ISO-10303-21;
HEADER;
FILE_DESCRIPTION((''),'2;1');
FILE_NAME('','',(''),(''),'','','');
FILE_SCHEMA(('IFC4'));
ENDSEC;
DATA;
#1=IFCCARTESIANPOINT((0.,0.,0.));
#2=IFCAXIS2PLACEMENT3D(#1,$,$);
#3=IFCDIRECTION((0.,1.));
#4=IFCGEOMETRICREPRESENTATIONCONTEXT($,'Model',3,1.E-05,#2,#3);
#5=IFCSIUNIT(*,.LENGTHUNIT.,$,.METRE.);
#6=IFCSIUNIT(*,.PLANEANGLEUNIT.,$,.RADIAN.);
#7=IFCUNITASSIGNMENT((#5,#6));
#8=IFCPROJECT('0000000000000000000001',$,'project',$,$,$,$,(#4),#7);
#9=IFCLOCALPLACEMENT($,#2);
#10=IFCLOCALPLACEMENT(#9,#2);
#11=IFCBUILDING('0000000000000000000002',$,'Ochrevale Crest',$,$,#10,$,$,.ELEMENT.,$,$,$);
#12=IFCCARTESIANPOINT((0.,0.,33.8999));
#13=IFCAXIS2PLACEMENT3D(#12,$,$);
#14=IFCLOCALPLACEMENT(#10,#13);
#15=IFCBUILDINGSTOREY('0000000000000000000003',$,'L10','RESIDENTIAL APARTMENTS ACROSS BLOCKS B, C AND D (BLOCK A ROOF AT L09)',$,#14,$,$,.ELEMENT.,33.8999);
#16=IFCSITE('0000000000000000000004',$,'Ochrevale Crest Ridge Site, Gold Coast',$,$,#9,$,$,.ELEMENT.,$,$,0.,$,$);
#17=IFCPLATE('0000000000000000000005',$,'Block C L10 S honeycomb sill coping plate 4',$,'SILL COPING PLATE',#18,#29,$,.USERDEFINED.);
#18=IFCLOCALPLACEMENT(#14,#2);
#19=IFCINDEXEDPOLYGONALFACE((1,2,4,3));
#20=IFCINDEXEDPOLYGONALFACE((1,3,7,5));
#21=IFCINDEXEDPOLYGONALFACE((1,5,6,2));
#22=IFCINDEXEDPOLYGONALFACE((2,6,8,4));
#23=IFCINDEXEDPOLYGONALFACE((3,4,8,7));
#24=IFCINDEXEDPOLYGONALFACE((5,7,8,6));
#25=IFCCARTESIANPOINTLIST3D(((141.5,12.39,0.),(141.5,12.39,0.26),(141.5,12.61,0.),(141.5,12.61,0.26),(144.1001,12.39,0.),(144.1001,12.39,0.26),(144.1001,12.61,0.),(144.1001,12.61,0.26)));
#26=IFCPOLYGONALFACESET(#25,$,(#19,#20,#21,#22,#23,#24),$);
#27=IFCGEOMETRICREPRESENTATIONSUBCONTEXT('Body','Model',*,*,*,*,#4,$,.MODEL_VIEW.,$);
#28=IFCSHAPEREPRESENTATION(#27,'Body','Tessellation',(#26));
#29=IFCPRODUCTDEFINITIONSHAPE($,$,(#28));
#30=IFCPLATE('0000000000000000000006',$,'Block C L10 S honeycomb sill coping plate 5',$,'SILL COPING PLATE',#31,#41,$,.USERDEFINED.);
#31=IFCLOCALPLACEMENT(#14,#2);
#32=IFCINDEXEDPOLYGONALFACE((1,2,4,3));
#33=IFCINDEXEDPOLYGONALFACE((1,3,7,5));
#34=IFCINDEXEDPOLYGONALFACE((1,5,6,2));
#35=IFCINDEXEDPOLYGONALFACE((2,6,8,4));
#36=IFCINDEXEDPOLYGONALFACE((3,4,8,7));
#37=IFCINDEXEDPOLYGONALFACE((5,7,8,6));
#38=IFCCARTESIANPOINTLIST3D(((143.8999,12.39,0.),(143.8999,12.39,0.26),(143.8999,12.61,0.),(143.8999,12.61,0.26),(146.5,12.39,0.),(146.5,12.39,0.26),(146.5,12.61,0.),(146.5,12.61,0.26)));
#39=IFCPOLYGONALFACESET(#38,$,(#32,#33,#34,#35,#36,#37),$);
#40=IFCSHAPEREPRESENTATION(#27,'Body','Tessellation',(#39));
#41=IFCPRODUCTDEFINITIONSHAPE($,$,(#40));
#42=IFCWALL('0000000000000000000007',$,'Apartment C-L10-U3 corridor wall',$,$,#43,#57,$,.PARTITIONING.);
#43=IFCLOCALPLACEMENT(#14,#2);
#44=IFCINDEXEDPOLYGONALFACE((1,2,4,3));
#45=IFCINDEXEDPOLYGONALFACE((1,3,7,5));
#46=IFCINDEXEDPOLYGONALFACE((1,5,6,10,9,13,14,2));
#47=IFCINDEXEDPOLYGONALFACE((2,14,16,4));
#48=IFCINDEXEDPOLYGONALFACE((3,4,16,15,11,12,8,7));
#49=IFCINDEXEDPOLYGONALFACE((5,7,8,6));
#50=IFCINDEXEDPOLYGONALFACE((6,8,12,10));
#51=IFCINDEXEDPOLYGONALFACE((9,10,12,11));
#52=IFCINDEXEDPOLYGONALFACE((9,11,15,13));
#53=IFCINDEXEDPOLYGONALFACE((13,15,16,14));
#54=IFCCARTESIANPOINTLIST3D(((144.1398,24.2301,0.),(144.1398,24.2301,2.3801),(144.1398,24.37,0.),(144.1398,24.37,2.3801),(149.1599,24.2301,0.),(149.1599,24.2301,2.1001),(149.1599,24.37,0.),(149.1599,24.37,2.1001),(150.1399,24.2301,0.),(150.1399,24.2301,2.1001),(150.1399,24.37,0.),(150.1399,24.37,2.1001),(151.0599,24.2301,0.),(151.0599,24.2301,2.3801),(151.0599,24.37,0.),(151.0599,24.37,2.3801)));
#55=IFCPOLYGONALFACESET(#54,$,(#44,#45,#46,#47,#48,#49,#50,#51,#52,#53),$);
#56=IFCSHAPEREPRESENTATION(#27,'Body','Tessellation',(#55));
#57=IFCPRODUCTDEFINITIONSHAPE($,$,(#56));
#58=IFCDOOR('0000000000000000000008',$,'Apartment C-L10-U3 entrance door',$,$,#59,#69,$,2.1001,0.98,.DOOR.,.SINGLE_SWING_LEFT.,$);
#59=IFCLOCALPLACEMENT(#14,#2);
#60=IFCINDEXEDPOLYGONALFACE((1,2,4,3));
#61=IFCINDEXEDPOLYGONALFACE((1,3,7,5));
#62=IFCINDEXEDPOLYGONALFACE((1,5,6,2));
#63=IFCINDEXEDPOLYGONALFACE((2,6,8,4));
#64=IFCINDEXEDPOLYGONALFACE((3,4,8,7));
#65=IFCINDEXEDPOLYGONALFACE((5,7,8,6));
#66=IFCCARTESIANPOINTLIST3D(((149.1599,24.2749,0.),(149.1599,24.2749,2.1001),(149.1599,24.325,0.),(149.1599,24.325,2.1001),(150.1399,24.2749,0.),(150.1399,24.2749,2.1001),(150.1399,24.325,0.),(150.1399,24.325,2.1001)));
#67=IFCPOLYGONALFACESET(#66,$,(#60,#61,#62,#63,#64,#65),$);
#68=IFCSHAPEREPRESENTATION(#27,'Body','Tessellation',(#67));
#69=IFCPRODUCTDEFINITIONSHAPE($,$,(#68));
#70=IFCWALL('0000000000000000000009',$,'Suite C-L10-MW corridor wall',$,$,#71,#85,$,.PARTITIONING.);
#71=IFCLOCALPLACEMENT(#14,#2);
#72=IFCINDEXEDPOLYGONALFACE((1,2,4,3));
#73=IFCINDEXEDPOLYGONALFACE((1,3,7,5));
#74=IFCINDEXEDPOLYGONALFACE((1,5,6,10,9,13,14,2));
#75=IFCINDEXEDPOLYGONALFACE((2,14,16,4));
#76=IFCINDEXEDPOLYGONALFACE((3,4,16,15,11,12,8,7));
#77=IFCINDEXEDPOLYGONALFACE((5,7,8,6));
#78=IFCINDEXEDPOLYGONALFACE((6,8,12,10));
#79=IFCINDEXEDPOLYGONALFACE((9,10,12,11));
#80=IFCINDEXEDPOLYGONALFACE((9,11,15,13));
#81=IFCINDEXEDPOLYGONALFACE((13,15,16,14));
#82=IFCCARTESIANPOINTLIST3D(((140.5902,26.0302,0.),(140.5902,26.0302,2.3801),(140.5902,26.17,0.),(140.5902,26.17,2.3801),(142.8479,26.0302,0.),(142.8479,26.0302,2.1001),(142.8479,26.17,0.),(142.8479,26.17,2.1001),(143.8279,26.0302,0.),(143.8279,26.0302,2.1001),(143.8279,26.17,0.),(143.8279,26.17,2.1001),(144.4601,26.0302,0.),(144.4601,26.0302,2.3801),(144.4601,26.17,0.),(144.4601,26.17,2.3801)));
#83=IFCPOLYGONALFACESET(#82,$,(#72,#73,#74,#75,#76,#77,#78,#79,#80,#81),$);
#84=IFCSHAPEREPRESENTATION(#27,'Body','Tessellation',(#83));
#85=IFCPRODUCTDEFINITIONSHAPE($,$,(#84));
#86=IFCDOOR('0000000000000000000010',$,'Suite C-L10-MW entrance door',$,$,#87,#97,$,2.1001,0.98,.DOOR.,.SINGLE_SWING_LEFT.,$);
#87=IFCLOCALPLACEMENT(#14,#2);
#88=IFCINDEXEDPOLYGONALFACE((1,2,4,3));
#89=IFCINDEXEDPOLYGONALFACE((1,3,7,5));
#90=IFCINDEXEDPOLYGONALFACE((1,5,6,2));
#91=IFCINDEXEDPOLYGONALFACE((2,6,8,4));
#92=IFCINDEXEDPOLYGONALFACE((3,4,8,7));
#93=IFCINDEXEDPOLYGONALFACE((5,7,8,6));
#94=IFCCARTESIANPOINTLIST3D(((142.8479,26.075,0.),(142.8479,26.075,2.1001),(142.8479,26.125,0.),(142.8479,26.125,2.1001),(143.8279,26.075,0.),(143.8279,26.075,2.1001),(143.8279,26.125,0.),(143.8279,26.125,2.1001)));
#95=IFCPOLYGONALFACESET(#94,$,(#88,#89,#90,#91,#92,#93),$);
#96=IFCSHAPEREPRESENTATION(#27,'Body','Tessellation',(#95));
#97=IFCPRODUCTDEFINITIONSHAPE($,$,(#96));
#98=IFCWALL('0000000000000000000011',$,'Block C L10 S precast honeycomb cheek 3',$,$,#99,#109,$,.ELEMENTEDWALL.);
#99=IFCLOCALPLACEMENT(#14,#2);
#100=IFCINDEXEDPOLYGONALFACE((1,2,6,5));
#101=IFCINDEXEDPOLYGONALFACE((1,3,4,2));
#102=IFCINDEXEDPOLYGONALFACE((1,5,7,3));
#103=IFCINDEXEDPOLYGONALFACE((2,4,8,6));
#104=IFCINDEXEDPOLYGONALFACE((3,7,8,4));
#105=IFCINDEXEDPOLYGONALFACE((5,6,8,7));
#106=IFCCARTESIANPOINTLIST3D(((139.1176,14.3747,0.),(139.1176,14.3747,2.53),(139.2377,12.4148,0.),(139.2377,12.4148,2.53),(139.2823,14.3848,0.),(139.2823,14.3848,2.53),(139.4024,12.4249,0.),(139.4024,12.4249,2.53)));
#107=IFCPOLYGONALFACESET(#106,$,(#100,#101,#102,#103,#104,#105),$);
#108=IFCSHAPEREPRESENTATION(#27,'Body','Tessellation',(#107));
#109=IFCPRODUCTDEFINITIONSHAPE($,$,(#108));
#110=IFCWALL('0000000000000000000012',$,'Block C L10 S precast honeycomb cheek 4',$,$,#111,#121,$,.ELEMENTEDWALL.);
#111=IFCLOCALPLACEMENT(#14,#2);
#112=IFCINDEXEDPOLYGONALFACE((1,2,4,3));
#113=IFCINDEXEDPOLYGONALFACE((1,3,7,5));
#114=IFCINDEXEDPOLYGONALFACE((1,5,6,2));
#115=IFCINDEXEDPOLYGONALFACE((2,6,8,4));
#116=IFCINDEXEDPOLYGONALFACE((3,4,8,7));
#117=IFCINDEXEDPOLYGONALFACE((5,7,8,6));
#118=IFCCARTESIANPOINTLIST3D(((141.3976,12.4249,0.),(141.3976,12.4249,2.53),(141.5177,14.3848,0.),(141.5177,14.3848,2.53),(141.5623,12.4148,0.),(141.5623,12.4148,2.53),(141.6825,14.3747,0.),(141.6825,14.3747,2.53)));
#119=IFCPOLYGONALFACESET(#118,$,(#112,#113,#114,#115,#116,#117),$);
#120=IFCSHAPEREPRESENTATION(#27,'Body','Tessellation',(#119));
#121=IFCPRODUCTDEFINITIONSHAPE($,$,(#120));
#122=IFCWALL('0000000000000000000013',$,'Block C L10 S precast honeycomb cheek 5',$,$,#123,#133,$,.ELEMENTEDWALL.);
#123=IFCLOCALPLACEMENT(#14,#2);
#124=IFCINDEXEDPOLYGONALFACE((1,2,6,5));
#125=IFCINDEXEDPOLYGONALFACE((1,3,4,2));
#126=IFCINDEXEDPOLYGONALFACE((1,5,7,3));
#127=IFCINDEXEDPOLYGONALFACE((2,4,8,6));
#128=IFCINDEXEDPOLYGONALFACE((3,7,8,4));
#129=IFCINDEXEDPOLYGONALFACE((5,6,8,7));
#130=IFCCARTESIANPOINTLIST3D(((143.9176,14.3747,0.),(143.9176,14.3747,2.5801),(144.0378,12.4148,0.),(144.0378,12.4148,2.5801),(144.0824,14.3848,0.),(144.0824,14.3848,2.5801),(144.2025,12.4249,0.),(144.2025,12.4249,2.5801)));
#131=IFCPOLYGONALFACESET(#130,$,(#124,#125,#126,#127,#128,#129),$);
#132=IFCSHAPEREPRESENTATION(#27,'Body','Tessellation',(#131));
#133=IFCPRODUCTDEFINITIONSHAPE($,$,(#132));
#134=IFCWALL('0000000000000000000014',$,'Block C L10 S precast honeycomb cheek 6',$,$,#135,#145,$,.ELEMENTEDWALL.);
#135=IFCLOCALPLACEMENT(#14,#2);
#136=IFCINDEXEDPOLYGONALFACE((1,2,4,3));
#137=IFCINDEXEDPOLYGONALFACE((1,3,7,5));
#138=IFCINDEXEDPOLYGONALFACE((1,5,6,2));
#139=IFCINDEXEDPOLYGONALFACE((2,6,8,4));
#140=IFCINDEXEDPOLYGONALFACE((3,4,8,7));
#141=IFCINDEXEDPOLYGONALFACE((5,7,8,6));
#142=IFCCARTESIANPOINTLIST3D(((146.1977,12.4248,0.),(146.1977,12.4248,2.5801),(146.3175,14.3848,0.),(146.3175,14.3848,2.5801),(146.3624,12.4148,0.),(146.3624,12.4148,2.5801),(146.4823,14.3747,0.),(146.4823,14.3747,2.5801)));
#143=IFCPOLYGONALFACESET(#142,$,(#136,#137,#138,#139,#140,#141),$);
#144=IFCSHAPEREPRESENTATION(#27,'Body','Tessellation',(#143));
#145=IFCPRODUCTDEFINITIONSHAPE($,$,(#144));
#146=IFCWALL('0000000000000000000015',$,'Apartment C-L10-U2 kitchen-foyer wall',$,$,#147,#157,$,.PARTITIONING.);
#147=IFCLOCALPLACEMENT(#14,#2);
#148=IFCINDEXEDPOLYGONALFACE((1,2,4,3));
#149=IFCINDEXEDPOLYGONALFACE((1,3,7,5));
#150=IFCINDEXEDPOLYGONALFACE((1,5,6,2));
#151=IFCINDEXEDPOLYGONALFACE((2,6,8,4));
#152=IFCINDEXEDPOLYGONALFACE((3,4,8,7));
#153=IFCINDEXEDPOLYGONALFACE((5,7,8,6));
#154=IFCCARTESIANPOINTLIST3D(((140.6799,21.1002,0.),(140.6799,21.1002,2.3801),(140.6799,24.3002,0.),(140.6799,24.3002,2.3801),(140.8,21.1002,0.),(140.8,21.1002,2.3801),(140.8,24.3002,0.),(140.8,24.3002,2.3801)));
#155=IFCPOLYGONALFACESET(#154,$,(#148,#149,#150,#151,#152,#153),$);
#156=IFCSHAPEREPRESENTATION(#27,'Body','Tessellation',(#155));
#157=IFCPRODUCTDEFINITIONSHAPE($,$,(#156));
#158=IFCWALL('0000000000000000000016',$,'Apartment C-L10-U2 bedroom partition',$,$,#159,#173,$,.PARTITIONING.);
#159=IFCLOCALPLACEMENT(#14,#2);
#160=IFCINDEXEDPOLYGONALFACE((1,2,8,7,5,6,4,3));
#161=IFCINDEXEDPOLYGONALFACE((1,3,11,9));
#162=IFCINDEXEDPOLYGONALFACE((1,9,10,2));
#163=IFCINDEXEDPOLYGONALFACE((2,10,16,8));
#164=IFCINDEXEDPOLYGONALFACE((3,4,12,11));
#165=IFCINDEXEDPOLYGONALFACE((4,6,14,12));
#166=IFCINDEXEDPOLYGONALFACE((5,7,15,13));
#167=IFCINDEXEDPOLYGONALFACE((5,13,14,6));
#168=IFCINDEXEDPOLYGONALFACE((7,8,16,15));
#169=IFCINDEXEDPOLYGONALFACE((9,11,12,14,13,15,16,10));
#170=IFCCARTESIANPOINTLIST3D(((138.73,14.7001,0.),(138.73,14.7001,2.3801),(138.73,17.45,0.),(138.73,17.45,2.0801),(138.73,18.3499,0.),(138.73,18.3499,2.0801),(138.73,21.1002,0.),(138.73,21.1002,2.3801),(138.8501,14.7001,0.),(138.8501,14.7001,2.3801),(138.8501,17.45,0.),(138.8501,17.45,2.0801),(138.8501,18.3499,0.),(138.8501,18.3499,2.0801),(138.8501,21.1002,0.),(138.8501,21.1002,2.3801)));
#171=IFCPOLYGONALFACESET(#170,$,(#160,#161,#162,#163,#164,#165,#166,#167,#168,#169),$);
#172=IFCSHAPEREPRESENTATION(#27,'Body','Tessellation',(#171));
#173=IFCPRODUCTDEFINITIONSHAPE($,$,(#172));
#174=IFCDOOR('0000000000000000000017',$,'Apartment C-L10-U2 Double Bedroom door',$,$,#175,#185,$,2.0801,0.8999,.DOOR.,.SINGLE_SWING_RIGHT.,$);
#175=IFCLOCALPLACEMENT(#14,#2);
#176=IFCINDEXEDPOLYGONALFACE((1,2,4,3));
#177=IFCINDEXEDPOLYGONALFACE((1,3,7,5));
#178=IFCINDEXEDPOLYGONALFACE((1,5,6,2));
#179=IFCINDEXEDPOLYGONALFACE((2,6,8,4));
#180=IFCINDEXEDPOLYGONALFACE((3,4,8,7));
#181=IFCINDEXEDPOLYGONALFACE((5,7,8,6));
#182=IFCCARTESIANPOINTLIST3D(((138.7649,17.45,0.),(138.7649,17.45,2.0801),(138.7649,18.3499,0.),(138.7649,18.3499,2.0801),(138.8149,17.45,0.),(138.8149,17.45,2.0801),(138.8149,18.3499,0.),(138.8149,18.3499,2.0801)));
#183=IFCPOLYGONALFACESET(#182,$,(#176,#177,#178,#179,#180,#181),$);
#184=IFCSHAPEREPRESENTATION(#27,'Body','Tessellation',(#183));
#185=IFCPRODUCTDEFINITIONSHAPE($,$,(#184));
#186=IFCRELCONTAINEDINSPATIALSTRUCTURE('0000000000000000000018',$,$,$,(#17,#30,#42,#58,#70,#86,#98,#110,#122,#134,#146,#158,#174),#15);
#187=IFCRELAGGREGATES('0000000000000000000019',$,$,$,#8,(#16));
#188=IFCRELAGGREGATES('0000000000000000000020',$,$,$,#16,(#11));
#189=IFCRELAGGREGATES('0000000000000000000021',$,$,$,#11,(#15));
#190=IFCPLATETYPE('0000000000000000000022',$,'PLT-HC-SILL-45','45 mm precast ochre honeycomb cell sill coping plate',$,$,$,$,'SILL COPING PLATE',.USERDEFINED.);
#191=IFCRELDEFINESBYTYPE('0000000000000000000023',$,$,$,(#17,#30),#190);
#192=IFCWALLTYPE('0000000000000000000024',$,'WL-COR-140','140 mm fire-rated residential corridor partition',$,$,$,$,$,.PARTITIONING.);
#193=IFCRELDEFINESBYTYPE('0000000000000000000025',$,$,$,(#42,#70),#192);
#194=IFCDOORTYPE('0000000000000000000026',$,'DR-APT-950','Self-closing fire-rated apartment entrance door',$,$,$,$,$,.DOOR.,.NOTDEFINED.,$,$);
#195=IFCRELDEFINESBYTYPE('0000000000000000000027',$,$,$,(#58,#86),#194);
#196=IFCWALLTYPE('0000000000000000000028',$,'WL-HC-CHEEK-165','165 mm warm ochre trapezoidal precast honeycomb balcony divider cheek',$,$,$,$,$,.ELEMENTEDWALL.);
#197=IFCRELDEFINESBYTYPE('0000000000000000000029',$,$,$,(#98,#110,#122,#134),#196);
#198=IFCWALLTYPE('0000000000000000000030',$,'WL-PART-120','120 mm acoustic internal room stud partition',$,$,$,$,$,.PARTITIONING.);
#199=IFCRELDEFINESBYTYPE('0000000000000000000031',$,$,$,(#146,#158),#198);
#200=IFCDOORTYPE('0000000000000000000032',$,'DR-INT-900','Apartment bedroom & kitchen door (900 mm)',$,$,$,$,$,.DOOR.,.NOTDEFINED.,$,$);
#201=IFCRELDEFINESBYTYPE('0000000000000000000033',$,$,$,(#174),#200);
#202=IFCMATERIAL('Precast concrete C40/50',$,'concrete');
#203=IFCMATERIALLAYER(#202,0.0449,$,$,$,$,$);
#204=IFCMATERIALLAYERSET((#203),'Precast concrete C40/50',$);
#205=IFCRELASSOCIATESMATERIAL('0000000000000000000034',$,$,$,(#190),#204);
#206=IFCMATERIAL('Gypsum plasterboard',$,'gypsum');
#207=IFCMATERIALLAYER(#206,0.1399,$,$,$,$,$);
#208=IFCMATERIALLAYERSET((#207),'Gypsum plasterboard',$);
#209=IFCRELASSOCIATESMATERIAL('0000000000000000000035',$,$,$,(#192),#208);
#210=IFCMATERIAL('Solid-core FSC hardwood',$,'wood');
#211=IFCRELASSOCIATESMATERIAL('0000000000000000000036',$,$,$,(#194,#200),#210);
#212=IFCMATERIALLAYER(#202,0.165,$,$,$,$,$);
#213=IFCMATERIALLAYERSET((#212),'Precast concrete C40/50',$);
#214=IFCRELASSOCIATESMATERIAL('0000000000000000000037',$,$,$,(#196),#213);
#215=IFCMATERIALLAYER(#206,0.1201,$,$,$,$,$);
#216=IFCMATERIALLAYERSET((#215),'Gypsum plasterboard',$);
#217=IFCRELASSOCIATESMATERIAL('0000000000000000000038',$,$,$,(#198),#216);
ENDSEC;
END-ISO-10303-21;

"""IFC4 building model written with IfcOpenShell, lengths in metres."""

from ifc_helpers import new_model, si_unit, direction, frame, frame_2d, origin, origin_2d, place, context, subcontext, project, spatial, rectangle, extrude, material, layer, layer_set, type_object, element, fill, save


model = new_model("IFC4")

# Units and contexts
model_context = context("Model", 3, precision=1e-05, world=origin(), true_north=direction((0.0, 1.0)))
body_context = subcontext(model_context, "Body", "Model", "MODEL_VIEW")
ifc_project = project(units=[si_unit("LENGTHUNIT", "METRE"), si_unit("PLANEANGLEUNIT", "RADIAN")], contexts=[model_context])

# Site, building, storey
site_placement = place(None, origin())
site = spatial("IfcSite", under=ifc_project, at=site_placement, Name="Ochrevale Crest Ridge Site, Gold Coast", CompositionType="ELEMENT", RefElevation=0.0)
building_placement = place(site_placement, origin())
building = spatial("IfcBuilding", under=site, at=building_placement, Name="Ochrevale Crest", CompositionType="ELEMENT")
storey_placement = place(building_placement, frame((0.0, 0.0, 33.8999)))
storey = spatial("IfcBuildingStorey", under=building, at=storey_placement, Name="L10", Description="RESIDENTIAL APARTMENTS ACROSS BLOCKS B, C AND D (BLOCK A ROOF AT L09)", CompositionType="ELEMENT", Elevation=33.8999)

# Shared definitions
ifc_material_1 = material(Name="Precast concrete C40/50", Category="concrete")

# Plates
ifc_layer_1 = layer(ifc_material_1, 0.0449)
ifc_layer_set_1 = layer_set([ifc_layer_1], Name="Precast concrete C40/50")
plate_type_1 = type_object("IfcPlateType", Name="PLT-HC-SILL-45", Description="45 mm precast ochre honeycomb cell sill coping plate", ElementType="SILL COPING PLATE", PredefinedType="USERDEFINED", material=ifc_layer_set_1)
for number, where, z_axis, x_axis, name in (
    (1, (142.8, 12.5, 0.0), (0.0, 0.0, 1.0), (1.0, 0.0, 0.0), "Block C L10 S honeycomb sill coping plate 4"),
    (2, (145.2, 12.5, 0.0), (0.0, 0.0, 1.0), (1.0, 0.0, 0.0), "Block C L10 S honeycomb sill coping plate 5"),
):
    element("IfcPlate", number, at=place(storey_placement, frame(where, z_axis=z_axis, x_axis=x_axis)), inside=storey, type_object=plate_type_1, Name=name, ObjectType="SILL COPING PLATE", PredefinedType="USERDEFINED", context=body_context, shape_type="SweptSolid", body=[
        extrude(rectangle(XDim=2.6001, YDim=0.22, at=origin_2d()), origin(), (0.0, 0.0, 1.0), 0.26),
    ])

# Walls, openings, doors
ifc_material_2 = material(Name="Gypsum plasterboard", Category="gypsum")
ifc_layer_2 = layer(ifc_material_2, 0.1399)
ifc_layer_set_2 = layer_set([ifc_layer_2], Name="Gypsum plasterboard")
wall_type_1 = type_object("IfcWallType", Name="WL-COR-140", Description="140 mm fire-rated residential corridor partition", PredefinedType="PARTITIONING", material=ifc_layer_set_2)
wall_1_placement = place(storey_placement, frame((144.1399, 24.3, 0.0), z_axis=(0.0, 0.0, 1.0), x_axis=(1.0, 0.0, 0.0)))
wall_1 = element("IfcWall", 3, at=wall_1_placement, inside=storey, type_object=wall_type_1, Name="Apartment C-L10-U3 corridor wall", PredefinedType="PARTITIONING", context=body_context, shape_type="SweptSolid", body=[
    extrude(rectangle(XDim=6.9202, YDim=0.1399, at=frame_2d((3.46, 0.0))), origin(), (0.0, 0.0, 1.0), 2.3801),
])
opening_1_placement = place(wall_1_placement, frame((5.02, 0.0, 0.0)))
opening_1 = element("IfcOpeningElement", 4, at=opening_1_placement, cuts=wall_1, PredefinedType="OPENING", context=body_context, shape_type="SweptSolid", body=[
    extrude(rectangle(XDim=0.98, YDim=2.1001, at=frame_2d((0.49, 1.05))), frame((0.0, 0.0801, 0.0), z_axis=(0.0, -1.0, 0.0), x_axis=(1.0, 0.0, 0.0)), (0.0, 0.0, 1.0), 0.1599),
])
ifc_material_3 = material(Name="Solid-core FSC hardwood", Category="wood")
door_type_1 = type_object("IfcDoorType", Name="DR-APT-950", Description="Self-closing fire-rated apartment entrance door", OperationType="NOTDEFINED", PredefinedType="DOOR", material=ifc_material_3)
door_1_placement = place(opening_1_placement, origin())
door_1 = element("IfcDoor", 5, at=door_1_placement, inside=storey, type_object=door_type_1, Name="Apartment C-L10-U3 entrance door", OperationType="SINGLE_SWING_LEFT", OverallHeight=2.1001, OverallWidth=0.98, PredefinedType="DOOR", context=body_context, shape_type="SweptSolid", body=[
    extrude(rectangle(XDim=0.98, YDim=2.1001, at=frame_2d((0.49, 1.05))), frame((0.0, 0.0249, 0.0), z_axis=(0.0, -1.0, 0.0), x_axis=(1.0, 0.0, 0.0)), (0.0, 0.0, 1.0), 0.05),
])
fill(opening_1, door_1)
wall_2_placement = place(storey_placement, frame((140.5901, 26.1001, 0.0), z_axis=(0.0, 0.0, 1.0), x_axis=(1.0, 0.0, 0.0)))
wall_2 = element("IfcWall", 6, at=wall_2_placement, inside=storey, type_object=wall_type_1, Name="Suite C-L10-MW corridor wall", PredefinedType="PARTITIONING", context=body_context, shape_type="SweptSolid", body=[
    extrude(rectangle(XDim=3.8699, YDim=0.1399, at=frame_2d((1.9351, 0.0))), origin(), (0.0, 0.0, 1.0), 2.3801),
])
opening_2_placement = place(wall_2_placement, frame((2.2578, 0.0, 0.0)))
opening_2 = element("IfcOpeningElement", 7, at=opening_2_placement, cuts=wall_2, PredefinedType="OPENING", context=body_context, shape_type="SweptSolid", body=[
    extrude(rectangle(XDim=0.98, YDim=2.1001, at=frame_2d((0.49, 1.05))), frame((0.0, 0.0801, 0.0), z_axis=(0.0, -1.0, 0.0), x_axis=(1.0, 0.0, 0.0)), (0.0, 0.0, 1.0), 0.1599),
])
door_2_placement = place(opening_2_placement, origin())
door_2 = element("IfcDoor", 8, at=door_2_placement, inside=storey, type_object=door_type_1, Name="Suite C-L10-MW entrance door", OperationType="SINGLE_SWING_LEFT", OverallHeight=2.1001, OverallWidth=0.98, PredefinedType="DOOR", context=body_context, shape_type="SweptSolid", body=[
    extrude(rectangle(XDim=0.98, YDim=2.1001, at=frame_2d((0.49, 1.05))), frame((0.0, 0.0249, 0.0), z_axis=(0.0, -1.0, 0.0), x_axis=(1.0, 0.0, 0.0)), (0.0, 0.0, 1.0), 0.05),
])
fill(opening_2, door_2)

# Walls
ifc_layer_3 = layer(ifc_material_1, 0.165)
ifc_layer_set_3 = layer_set([ifc_layer_3], Name="Precast concrete C40/50")
wall_type_2 = type_object("IfcWallType", Name="WL-HC-CHEEK-165", Description="165 mm warm ochre trapezoidal precast honeycomb balcony divider cheek", PredefinedType="ELEMENTEDWALL", material=ifc_layer_set_3)
for number, where, z_axis, x_axis, name in (
    (9, (139.2, 14.3799, 0.0), (0.0, 0.0, 1.0), (0.061171, -0.998127, 0.0), "Block C L10 S precast honeycomb cheek 3"),
    (10, (141.6001, 14.3799, 0.0), (0.0, 0.0, 1.0), (-0.061171, -0.998127, 0.0), "Block C L10 S precast honeycomb cheek 4"),
):
    element("IfcWall", number, at=place(storey_placement, frame(where, z_axis=z_axis, x_axis=x_axis)), inside=storey, type_object=wall_type_2, Name=name, PredefinedType="ELEMENTEDWALL", context=body_context, shape_type="SweptSolid", body=[
        extrude(rectangle(XDim=1.9636, YDim=0.165, at=frame_2d((0.9819, 0.0))), origin(), (0.0, 0.0, 1.0), 2.53),
    ])
for number, where, z_axis, x_axis, name in (
    (11, (144.0, 14.3799, 0.0), (0.0, 0.0, 1.0), (0.061171, -0.998127, 0.0), "Block C L10 S precast honeycomb cheek 5"),
    (12, (146.3999, 14.3799, 0.0), (0.0, 0.0, 1.0), (-0.061047, -0.998135, 0.0), "Block C L10 S precast honeycomb cheek 6"),
):
    element("IfcWall", number, at=place(storey_placement, frame(where, z_axis=z_axis, x_axis=x_axis)), inside=storey, type_object=wall_type_2, Name=name, PredefinedType="ELEMENTEDWALL", context=body_context, shape_type="SweptSolid", body=[
        extrude(rectangle(XDim=1.9636, YDim=0.165, at=frame_2d((0.9819, 0.0))), origin(), (0.0, 0.0, 1.0), 2.5801),
    ])
ifc_layer_4 = layer(ifc_material_2, 0.1201)
ifc_layer_set_4 = layer_set([ifc_layer_4], Name="Gypsum plasterboard")
wall_type_3 = type_object("IfcWallType", Name="WL-PART-120", Description="120 mm acoustic internal room stud partition", PredefinedType="PARTITIONING", material=ifc_layer_set_4)
wall_3_placement = place(storey_placement, frame((140.74, 21.1001, 0.0), z_axis=(0.0, 0.0, 1.0), x_axis=(0.0, 1.0, 0.0)))
element("IfcWall", 13, at=wall_3_placement, inside=storey, type_object=wall_type_3, Name="Apartment C-L10-U2 kitchen-foyer wall", PredefinedType="PARTITIONING", context=body_context, shape_type="SweptSolid", body=[
    extrude(rectangle(XDim=3.2, YDim=0.1201, at=frame_2d((1.6001, 0.0))), origin(), (0.0, 0.0, 1.0), 2.3801),
])

# Wall, opening, door
wall_4_placement = place(storey_placement, frame((138.79, 14.7, 0.0), z_axis=(0.0, 0.0, 1.0), x_axis=(0.0, 1.0, 0.0)))
wall_4 = element("IfcWall", 14, at=wall_4_placement, inside=storey, type_object=wall_type_3, Name="Apartment C-L10-U2 bedroom partition", PredefinedType="PARTITIONING", context=body_context, shape_type="SweptSolid", body=[
    extrude(rectangle(XDim=6.4001, YDim=0.1201, at=frame_2d((3.2002, 0.0))), origin(), (0.0, 0.0, 1.0), 2.3801),
])
opening_3_placement = place(wall_4_placement, frame((3.6499, 0.0, 0.0), z_axis=(0.0, 0.0, 1.0), x_axis=(-1.0, 0.0, 0.0)))
opening_3 = element("IfcOpeningElement", 15, at=opening_3_placement, cuts=wall_4, PredefinedType="OPENING", context=body_context, shape_type="SweptSolid", body=[
    extrude(rectangle(XDim=0.8999, YDim=2.0801, at=frame_2d((0.45, 1.04))), frame((0.0, 0.0701, 0.0), z_axis=(0.0, -1.0, 0.0), x_axis=(1.0, 0.0, 0.0)), (0.0, 0.0, 1.0), 0.1401),
])
door_type_2 = type_object("IfcDoorType", Name="DR-INT-900", Description="Apartment bedroom & kitchen door (900 mm)", OperationType="NOTDEFINED", PredefinedType="DOOR", material=ifc_material_3)
door_3_placement = place(opening_3_placement, origin())
door_3 = element("IfcDoor", 16, at=door_3_placement, inside=storey, type_object=door_type_2, Name="Apartment C-L10-U2 Double Bedroom door", OperationType="SINGLE_SWING_RIGHT", OverallHeight=2.0801, OverallWidth=0.8999, PredefinedType="DOOR", context=body_context, shape_type="SweptSolid", body=[
    extrude(rectangle(XDim=0.8999, YDim=2.0801, at=frame_2d((0.45, 1.04))), frame((0.0, 0.0249, 0.0), z_axis=(0.0, -1.0, 0.0), x_axis=(1.0, 0.0, 0.0)), (0.0, 0.0, 1.0), 0.05),
])
fill(opening_3, door_3)

save(model, "model.ifc")
